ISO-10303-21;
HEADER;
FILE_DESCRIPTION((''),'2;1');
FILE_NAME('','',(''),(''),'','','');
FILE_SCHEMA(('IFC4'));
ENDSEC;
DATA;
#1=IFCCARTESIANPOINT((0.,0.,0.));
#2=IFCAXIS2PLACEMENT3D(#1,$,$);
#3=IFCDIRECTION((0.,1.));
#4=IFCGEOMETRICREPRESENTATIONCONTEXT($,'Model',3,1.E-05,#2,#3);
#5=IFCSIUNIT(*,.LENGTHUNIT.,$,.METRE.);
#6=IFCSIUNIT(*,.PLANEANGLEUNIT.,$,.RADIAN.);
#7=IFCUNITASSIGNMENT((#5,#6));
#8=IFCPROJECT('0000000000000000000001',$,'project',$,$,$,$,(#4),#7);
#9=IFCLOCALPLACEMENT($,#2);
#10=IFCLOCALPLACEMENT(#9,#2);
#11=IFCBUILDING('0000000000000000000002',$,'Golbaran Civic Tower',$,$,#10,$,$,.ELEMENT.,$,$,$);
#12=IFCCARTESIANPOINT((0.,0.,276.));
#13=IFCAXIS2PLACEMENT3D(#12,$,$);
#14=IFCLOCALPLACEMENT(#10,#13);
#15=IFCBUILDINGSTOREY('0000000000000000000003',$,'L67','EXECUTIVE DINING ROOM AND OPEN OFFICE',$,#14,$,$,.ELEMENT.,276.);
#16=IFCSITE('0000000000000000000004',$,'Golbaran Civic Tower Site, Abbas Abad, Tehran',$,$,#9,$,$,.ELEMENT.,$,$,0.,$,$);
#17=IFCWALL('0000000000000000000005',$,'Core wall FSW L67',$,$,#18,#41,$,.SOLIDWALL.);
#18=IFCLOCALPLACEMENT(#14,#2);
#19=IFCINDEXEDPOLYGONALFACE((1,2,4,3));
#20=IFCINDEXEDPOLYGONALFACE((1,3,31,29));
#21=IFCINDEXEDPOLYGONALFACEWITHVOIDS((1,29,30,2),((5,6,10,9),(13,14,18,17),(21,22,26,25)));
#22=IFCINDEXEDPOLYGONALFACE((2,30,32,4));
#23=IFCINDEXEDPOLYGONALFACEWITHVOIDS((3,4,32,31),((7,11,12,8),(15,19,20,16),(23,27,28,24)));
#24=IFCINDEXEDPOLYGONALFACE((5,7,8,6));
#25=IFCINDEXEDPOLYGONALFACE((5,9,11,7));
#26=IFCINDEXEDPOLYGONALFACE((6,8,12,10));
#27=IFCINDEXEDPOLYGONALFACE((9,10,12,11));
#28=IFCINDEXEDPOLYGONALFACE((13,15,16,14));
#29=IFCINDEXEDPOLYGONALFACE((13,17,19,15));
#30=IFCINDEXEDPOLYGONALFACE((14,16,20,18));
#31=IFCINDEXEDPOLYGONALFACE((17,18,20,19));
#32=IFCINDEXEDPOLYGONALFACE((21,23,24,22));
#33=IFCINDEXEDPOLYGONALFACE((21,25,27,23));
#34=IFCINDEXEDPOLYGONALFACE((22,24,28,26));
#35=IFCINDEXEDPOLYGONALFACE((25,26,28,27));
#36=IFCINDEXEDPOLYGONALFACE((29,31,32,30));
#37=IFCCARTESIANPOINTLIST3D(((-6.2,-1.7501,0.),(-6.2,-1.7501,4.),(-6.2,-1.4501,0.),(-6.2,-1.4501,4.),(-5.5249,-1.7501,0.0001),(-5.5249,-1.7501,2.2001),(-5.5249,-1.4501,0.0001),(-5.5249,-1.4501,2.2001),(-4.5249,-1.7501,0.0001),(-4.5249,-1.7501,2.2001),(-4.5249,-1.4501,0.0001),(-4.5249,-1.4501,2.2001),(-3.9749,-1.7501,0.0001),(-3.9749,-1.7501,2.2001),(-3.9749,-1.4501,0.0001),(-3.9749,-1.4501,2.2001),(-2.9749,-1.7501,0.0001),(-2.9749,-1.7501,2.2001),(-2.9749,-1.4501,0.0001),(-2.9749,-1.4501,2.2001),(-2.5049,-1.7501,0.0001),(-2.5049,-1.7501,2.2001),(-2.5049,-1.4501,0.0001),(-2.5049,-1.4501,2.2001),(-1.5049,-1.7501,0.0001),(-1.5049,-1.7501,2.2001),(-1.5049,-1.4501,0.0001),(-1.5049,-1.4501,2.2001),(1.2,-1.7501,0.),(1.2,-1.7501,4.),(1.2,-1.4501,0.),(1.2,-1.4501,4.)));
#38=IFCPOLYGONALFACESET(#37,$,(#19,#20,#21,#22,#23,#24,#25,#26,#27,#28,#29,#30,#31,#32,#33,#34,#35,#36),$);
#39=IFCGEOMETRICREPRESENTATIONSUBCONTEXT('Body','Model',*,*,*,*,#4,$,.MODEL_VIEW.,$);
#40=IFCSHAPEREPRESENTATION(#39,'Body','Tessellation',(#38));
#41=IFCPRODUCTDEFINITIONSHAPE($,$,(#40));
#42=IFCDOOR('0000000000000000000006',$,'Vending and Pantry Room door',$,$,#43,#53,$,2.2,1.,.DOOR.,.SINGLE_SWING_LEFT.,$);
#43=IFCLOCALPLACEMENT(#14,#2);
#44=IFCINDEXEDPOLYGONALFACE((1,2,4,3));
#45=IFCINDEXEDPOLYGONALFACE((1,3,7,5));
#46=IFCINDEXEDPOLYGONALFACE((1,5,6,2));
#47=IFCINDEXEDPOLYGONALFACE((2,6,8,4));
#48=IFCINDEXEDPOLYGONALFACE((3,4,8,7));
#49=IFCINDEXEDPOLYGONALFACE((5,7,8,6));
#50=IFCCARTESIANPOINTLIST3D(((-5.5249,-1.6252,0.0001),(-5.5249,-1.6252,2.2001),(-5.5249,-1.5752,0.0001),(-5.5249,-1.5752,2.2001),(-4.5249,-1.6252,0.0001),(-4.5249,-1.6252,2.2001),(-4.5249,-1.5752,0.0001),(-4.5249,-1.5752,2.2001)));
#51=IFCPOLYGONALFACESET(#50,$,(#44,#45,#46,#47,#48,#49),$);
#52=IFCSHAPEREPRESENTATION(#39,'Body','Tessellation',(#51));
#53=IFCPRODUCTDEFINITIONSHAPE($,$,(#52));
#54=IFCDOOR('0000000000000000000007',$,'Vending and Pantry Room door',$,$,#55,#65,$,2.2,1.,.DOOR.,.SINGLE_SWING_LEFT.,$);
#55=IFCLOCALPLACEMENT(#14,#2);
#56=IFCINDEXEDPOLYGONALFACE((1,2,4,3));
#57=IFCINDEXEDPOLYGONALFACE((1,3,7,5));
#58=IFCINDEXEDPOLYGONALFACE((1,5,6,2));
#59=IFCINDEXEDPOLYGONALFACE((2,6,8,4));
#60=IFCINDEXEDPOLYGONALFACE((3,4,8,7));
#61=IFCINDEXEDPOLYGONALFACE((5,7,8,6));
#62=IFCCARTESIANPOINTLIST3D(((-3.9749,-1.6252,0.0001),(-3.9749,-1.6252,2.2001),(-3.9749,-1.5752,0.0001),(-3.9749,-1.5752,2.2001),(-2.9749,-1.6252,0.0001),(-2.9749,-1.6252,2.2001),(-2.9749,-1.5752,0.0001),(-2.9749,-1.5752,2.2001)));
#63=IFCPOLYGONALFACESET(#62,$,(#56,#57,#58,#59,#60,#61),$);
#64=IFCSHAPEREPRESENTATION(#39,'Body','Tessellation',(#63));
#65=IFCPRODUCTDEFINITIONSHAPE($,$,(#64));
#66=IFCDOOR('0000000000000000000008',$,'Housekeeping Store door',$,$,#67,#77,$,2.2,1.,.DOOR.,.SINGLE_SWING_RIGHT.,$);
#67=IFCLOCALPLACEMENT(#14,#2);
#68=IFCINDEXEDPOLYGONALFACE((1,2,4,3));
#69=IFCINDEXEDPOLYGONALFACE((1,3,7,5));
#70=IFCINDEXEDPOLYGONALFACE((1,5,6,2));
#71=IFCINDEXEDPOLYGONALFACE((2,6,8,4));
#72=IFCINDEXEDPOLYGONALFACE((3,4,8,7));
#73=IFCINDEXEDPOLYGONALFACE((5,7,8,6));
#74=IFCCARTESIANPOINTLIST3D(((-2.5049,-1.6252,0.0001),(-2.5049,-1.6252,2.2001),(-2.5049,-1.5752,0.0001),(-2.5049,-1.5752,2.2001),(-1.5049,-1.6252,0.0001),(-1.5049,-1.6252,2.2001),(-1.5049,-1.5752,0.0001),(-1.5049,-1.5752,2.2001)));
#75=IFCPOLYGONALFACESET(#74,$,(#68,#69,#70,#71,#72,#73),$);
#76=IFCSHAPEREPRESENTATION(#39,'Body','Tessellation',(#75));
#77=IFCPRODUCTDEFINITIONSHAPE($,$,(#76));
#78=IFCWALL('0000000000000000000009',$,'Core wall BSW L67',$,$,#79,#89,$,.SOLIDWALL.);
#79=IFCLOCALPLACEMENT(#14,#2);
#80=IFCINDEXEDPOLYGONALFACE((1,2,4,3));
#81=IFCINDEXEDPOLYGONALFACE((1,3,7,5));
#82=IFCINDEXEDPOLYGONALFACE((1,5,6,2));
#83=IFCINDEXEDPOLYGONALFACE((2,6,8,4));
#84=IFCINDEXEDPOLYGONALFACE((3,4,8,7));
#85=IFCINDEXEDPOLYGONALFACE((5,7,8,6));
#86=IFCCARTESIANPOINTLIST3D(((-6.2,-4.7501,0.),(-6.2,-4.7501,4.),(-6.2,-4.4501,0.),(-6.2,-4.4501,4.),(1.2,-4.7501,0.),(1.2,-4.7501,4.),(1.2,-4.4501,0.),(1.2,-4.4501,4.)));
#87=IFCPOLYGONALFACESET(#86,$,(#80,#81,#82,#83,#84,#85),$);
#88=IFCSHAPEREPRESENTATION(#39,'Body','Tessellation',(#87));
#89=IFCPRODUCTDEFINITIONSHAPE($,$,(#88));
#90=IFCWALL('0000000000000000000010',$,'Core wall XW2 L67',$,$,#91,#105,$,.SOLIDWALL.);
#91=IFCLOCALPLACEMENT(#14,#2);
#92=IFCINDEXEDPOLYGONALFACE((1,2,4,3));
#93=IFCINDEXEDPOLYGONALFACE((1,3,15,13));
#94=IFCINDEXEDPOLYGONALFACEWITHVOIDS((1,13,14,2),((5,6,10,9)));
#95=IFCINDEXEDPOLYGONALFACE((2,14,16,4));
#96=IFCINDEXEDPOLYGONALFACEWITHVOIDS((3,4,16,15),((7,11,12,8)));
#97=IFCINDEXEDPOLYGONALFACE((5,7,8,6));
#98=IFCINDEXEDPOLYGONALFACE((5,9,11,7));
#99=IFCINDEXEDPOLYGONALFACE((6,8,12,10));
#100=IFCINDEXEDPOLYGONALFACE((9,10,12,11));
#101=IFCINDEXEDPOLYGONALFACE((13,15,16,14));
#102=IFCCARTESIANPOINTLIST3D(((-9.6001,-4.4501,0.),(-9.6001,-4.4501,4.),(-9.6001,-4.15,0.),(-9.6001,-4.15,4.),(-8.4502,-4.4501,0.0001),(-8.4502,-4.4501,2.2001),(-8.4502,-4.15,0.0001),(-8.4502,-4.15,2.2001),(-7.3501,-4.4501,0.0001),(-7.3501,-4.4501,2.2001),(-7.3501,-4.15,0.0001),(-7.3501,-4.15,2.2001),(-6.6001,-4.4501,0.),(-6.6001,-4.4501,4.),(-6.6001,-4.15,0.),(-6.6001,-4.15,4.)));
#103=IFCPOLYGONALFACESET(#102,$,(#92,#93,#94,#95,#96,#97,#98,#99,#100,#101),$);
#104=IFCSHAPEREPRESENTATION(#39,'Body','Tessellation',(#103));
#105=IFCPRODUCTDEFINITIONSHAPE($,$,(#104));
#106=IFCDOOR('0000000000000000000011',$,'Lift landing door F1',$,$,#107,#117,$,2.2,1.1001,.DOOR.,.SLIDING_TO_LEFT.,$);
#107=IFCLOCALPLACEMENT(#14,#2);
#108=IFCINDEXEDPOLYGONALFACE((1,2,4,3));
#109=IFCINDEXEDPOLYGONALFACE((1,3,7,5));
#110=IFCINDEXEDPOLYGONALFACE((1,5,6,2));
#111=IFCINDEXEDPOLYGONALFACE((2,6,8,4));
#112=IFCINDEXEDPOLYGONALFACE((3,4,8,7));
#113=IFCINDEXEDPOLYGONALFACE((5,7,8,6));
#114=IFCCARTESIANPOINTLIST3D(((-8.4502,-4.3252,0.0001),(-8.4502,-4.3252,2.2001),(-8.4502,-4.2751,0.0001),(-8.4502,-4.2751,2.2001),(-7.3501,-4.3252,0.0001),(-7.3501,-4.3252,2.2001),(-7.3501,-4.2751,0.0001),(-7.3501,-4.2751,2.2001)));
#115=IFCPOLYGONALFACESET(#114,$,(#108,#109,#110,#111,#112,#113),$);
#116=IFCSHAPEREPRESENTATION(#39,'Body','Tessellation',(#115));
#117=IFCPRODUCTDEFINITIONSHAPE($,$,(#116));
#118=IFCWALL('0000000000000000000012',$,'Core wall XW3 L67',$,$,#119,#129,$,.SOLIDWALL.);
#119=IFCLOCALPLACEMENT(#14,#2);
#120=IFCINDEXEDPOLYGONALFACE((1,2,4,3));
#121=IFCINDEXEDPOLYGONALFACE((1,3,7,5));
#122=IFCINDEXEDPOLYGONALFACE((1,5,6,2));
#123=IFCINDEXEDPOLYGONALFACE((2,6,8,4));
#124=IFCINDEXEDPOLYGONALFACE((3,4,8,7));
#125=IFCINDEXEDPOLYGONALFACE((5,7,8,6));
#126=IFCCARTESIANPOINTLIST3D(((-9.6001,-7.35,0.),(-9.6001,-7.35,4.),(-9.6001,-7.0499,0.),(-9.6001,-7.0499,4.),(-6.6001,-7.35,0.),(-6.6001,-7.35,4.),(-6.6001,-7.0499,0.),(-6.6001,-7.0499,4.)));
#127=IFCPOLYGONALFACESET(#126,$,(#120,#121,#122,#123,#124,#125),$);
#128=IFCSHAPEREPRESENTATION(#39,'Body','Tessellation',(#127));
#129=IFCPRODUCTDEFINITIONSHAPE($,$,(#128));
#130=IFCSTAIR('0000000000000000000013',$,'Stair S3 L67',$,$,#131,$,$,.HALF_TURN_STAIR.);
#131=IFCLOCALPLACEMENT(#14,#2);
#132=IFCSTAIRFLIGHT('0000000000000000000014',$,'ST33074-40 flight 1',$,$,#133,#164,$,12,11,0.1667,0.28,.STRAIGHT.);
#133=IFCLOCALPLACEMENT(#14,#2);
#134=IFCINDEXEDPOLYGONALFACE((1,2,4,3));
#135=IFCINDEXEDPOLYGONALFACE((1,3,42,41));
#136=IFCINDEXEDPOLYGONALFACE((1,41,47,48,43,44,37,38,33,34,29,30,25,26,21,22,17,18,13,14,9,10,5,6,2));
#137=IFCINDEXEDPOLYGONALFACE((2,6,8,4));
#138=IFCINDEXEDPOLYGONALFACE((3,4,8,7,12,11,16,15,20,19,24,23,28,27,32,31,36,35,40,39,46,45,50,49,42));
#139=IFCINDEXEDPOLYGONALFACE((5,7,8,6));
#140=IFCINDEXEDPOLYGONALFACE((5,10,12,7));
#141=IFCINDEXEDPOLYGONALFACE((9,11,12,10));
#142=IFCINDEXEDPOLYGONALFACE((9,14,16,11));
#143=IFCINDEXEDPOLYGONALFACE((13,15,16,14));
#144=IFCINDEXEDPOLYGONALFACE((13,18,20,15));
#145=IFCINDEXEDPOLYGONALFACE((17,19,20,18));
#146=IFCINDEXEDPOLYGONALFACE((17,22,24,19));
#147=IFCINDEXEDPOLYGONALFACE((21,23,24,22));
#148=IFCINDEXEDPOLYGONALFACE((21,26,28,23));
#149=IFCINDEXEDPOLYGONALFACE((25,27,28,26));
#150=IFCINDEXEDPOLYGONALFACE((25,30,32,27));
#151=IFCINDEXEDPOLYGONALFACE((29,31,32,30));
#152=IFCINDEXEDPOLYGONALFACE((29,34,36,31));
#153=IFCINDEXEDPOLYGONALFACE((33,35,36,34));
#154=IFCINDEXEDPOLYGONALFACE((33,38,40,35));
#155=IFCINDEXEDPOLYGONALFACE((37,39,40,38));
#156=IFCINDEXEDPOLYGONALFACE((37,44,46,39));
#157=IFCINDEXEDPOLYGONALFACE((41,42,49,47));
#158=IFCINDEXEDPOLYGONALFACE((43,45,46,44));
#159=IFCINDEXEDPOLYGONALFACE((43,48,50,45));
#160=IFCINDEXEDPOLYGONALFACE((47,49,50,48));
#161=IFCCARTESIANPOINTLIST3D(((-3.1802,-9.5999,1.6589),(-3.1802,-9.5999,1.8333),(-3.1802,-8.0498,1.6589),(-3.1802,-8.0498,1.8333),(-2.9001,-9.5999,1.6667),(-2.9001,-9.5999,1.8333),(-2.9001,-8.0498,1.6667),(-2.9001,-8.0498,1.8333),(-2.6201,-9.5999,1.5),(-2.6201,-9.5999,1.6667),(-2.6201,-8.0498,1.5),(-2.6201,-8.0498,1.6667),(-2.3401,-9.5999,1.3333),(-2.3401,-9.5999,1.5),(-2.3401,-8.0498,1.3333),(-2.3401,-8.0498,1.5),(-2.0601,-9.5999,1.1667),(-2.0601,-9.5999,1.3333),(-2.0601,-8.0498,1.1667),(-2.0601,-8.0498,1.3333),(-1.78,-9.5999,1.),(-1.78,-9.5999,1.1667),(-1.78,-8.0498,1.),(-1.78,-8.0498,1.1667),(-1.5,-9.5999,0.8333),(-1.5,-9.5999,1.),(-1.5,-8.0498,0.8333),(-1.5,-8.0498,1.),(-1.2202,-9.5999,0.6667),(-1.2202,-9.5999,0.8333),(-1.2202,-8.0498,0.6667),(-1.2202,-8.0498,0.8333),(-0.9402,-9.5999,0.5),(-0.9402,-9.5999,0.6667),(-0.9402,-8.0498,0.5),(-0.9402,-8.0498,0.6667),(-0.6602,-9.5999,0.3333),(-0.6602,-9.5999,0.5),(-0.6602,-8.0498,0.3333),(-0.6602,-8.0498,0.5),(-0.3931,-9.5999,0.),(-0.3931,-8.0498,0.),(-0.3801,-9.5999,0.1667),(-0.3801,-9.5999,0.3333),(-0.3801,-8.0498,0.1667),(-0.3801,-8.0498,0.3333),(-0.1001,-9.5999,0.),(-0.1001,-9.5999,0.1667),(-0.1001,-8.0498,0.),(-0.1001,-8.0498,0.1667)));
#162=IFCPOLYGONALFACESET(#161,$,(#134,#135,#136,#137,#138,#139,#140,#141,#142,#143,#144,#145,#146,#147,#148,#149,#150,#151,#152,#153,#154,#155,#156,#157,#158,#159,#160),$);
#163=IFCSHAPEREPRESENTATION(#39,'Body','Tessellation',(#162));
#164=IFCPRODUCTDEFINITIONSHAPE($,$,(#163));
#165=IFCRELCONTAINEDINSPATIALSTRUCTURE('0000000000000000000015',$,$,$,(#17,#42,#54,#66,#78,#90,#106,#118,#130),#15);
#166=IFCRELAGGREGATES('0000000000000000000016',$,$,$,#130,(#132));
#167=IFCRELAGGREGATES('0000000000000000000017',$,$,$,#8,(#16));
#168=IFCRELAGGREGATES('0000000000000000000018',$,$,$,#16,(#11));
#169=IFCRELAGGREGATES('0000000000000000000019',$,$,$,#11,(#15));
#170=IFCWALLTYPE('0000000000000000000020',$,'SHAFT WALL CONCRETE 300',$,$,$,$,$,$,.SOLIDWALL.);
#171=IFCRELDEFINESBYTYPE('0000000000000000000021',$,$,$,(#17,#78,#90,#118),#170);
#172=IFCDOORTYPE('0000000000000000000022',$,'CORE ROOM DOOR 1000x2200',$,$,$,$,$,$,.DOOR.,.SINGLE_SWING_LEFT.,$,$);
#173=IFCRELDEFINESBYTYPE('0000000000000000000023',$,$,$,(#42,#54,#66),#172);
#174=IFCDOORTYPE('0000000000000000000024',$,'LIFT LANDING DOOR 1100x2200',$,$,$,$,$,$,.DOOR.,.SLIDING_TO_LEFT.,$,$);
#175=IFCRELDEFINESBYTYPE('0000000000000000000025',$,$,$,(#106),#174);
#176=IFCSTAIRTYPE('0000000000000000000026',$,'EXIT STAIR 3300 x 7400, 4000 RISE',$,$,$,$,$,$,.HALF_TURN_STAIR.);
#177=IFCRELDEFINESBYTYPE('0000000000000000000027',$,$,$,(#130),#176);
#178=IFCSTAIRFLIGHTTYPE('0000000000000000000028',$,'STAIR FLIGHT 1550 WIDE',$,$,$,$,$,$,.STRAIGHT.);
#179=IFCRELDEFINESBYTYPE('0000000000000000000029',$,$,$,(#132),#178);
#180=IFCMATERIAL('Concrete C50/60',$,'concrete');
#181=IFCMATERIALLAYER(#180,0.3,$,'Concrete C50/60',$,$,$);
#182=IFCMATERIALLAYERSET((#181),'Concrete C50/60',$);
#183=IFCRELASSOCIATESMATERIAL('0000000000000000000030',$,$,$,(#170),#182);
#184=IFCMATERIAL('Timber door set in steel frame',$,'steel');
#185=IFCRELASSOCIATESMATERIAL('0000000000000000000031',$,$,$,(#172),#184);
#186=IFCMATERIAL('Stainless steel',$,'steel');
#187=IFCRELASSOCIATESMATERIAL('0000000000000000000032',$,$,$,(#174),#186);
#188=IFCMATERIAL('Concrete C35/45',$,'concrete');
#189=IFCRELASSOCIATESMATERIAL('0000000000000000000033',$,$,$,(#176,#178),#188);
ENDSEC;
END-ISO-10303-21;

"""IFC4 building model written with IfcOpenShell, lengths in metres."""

from ifc_helpers import new_model, si_unit, direction, frame, frame_2d, origin, place, context, subcontext, project, spatial, polyline, rectangle, outline, extrude, material, layer, layer_set, type_object, element, fill, aggregate, save


model = new_model("IFC4")

# Units and contexts
model_context = context("Model", 3, precision=1e-05, world=origin(), true_north=direction((0.0, 1.0)))
body_context = subcontext(model_context, "Body", "Model", "MODEL_VIEW")
ifc_project = project(units=[si_unit("LENGTHUNIT", "METRE"), si_unit("PLANEANGLEUNIT", "RADIAN")], contexts=[model_context])

# Site, building, storey
site_placement = place(None, origin())
site = spatial("IfcSite", under=ifc_project, at=site_placement, Name="Golbaran Civic Tower Site, Abbas Abad, Tehran", CompositionType="ELEMENT", RefElevation=0.0)
building_placement = place(site_placement, origin())
building = spatial("IfcBuilding", under=site, at=building_placement, Name="Golbaran Civic Tower", CompositionType="ELEMENT")
storey_placement = place(building_placement, frame((0.0, 0.0, 276.0)))
storey = spatial("IfcBuildingStorey", under=building, at=storey_placement, Name="L67", Description="EXECUTIVE DINING ROOM AND OPEN OFFICE", CompositionType="ELEMENT", Elevation=276.0)

# Shared definitions
ifc_material_1 = material(Name="Concrete C50/60", Category="concrete")
ifc_material_2 = material(Name="Timber door set in steel frame", Category="steel")

# Wall, openings, doors
ifc_layer_1 = layer(ifc_material_1, 0.3, Name="Concrete C50/60")
ifc_layer_set_1 = layer_set([ifc_layer_1], Name="Concrete C50/60")
wall_type_1 = type_object("IfcWallType", Name="SHAFT WALL CONCRETE 300", PredefinedType="SOLIDWALL", material=ifc_layer_set_1)
wall_1_placement = place(storey_placement, frame((-6.2, -1.6001, 0.0), z_axis=(0.0, 0.0, 1.0), x_axis=(1.0, 0.0, 0.0)))
wall_1 = element("IfcWall", 1, at=wall_1_placement, inside=storey, type_object=wall_type_1, Name="Core wall FSW L67", PredefinedType="SOLIDWALL", context=body_context, shape_type="SweptSolid", body=[
    extrude(rectangle(XDim=7.3999, YDim=0.3, at=frame_2d((3.7, 0.0))), origin(), (0.0, 0.0, 1.0), 4.0),
])
opening_1_placement = place(wall_1_placement, frame((0.675, 0.0, 0.0)))
opening_1 = element("IfcOpeningElement", 2, at=opening_1_placement, cuts=wall_1, PredefinedType="OPENING", context=body_context, shape_type="SweptSolid", body=[
    extrude(rectangle(XDim=1.0, YDim=2.2, at=frame_2d((0.5, 1.1001))), frame((0.0, 0.1599, 0.0), z_axis=(0.0, -1.0, 0.0), x_axis=(1.0, 0.0, 0.0)), (0.0, 0.0, 1.0), 0.3201),
])
opening_2_placement = place(wall_1_placement, frame((2.2251, 0.0, 0.0)))
opening_2 = element("IfcOpeningElement", 3, at=opening_2_placement, cuts=wall_1, PredefinedType="OPENING", context=body_context, shape_type="SweptSolid", body=[
    extrude(rectangle(XDim=1.0, YDim=2.2, at=frame_2d((0.5, 1.1001))), frame((0.0, 0.1599, 0.0), z_axis=(0.0, -1.0, 0.0), x_axis=(1.0, 0.0, 0.0)), (0.0, 0.0, 1.0), 0.3201),
])
opening_3_placement = place(wall_1_placement, frame((3.6951, 0.0, 0.0)))
opening_3 = element("IfcOpeningElement", 4, at=opening_3_placement, cuts=wall_1, PredefinedType="OPENING", context=body_context, shape_type="SweptSolid", body=[
    extrude(rectangle(XDim=1.0, YDim=2.2, at=frame_2d((0.5, 1.1001))), frame((0.0, 0.1599, 0.0), z_axis=(0.0, -1.0, 0.0), x_axis=(1.0, 0.0, 0.0)), (0.0, 0.0, 1.0), 0.3201),
])
door_type_1 = type_object("IfcDoorType", Name="CORE ROOM DOOR 1000x2200", OperationType="SINGLE_SWING_LEFT", PredefinedType="DOOR", material=ifc_material_2)
door_1_placement = place(opening_1_placement, origin())
door_1 = element("IfcDoor", 5, at=door_1_placement, inside=storey, type_object=door_type_1, Name="Vending and Pantry Room door", OperationType="SINGLE_SWING_LEFT", OverallHeight=2.2, OverallWidth=1.0, PredefinedType="DOOR", context=body_context, shape_type="SweptSolid", body=[
    extrude(rectangle(XDim=1.0, YDim=2.2, at=frame_2d((0.5, 1.1001))), frame((0.0, 0.0249, 0.0), z_axis=(0.0, -1.0, 0.0), x_axis=(1.0, 0.0, 0.0)), (0.0, 0.0, 1.0), 0.05),
])
fill(opening_1, door_1)
door_2_placement = place(opening_2_placement, origin())
door_2 = element("IfcDoor", 6, at=door_2_placement, inside=storey, type_object=door_type_1, Name="Vending and Pantry Room door", OperationType="SINGLE_SWING_LEFT", OverallHeight=2.2, OverallWidth=1.0, PredefinedType="DOOR", context=body_context, shape_type="SweptSolid", body=[
    extrude(rectangle(XDim=1.0, YDim=2.2, at=frame_2d((0.5, 1.1001))), frame((0.0, 0.0249, 0.0), z_axis=(0.0, -1.0, 0.0), x_axis=(1.0, 0.0, 0.0)), (0.0, 0.0, 1.0), 0.05),
])
fill(opening_2, door_2)
door_3_placement = place(opening_3_placement, origin())
door_3 = element("IfcDoor", 7, at=door_3_placement, inside=storey, type_object=door_type_1, Name="Housekeeping Store door", OperationType="SINGLE_SWING_RIGHT", OverallHeight=2.2, OverallWidth=1.0, PredefinedType="DOOR", context=body_context, shape_type="SweptSolid", body=[
    extrude(rectangle(XDim=1.0, YDim=2.2, at=frame_2d((0.5, 1.1001))), frame((0.0, 0.0249, 0.0), z_axis=(0.0, -1.0, 0.0), x_axis=(1.0, 0.0, 0.0)), (0.0, 0.0, 1.0), 0.05),
])
fill(opening_3, door_3)

# Wall
wall_2_placement = place(storey_placement, frame((-6.2, -4.6001, 0.0), z_axis=(0.0, 0.0, 1.0), x_axis=(1.0, 0.0, 0.0)))
element("IfcWall", 8, at=wall_2_placement, inside=storey, type_object=wall_type_1, Name="Core wall BSW L67", PredefinedType="SOLIDWALL", context=body_context, shape_type="SweptSolid", body=[
    extrude(rectangle(XDim=7.3999, YDim=0.3, at=frame_2d((3.7, 0.0))), origin(), (0.0, 0.0, 1.0), 4.0),
])

# Wall, opening, door
wall_3_placement = place(storey_placement, frame((-9.6001, -4.3, 0.0), z_axis=(0.0, 0.0, 1.0), x_axis=(1.0, 0.0, 0.0)))
wall_3 = element("IfcWall", 9, at=wall_3_placement, inside=storey, type_object=wall_type_1, Name="Core wall XW2 L67", PredefinedType="SOLIDWALL", context=body_context, shape_type="SweptSolid", body=[
    extrude(rectangle(XDim=3.0, YDim=0.3, at=frame_2d((1.5, 0.0))), origin(), (0.0, 0.0, 1.0), 4.0),
])
opening_4_placement = place(wall_3_placement, frame((1.1499, 0.0, 0.0)))
opening_4 = element("IfcOpeningElement", 10, at=opening_4_placement, cuts=wall_3, PredefinedType="OPENING", context=body_context, shape_type="SweptSolid", body=[
    extrude(rectangle(XDim=1.1001, YDim=2.2, at=frame_2d((0.55, 1.1001))), frame((0.0, 0.1599, 0.0), z_axis=(0.0, -1.0, 0.0), x_axis=(1.0, 0.0, 0.0)), (0.0, 0.0, 1.0), 0.3201),
])
ifc_material_3 = material(Name="Stainless steel", Category="steel")
door_type_2 = type_object("IfcDoorType", Name="LIFT LANDING DOOR 1100x2200", OperationType="SLIDING_TO_LEFT", PredefinedType="DOOR", material=ifc_material_3)
door_4_placement = place(opening_4_placement, origin())
door_4 = element("IfcDoor", 11, at=door_4_placement, inside=storey, type_object=door_type_2, Name="Lift landing door F1", OperationType="SLIDING_TO_LEFT", OverallHeight=2.2, OverallWidth=1.1001, PredefinedType="DOOR", context=body_context, shape_type="SweptSolid", body=[
    extrude(rectangle(XDim=1.1001, YDim=2.2, at=frame_2d((0.55, 1.1001))), frame((0.0, 0.0249, 0.0), z_axis=(0.0, -1.0, 0.0), x_axis=(1.0, 0.0, 0.0)), (0.0, 0.0, 1.0), 0.05),
])
fill(opening_4, door_4)

# Wall
wall_4_placement = place(storey_placement, frame((-9.6001, -7.2, 0.0), z_axis=(0.0, 0.0, 1.0), x_axis=(1.0, 0.0, 0.0)))
element("IfcWall", 12, at=wall_4_placement, inside=storey, type_object=wall_type_1, Name="Core wall XW3 L67", PredefinedType="SOLIDWALL", context=body_context, shape_type="SweptSolid", body=[
    extrude(rectangle(XDim=3.0, YDim=0.3, at=frame_2d((1.5, 0.0))), origin(), (0.0, 0.0, 1.0), 4.0),
])

# Stair, stair flight
ifc_material_4 = material(Name="Concrete C35/45", Category="concrete")
stair_type = type_object("IfcStairType", Name="EXIT STAIR 3300 x 7400, 4000 RISE", PredefinedType="HALF_TURN_STAIR", material=ifc_material_4)
stair_placement = place(storey_placement, origin())
stair = element("IfcStair", 13, at=stair_placement, inside=storey, type_object=stair_type, Name="Stair S3 L67", PredefinedType="HALF_TURN_STAIR")
stair_flight_type = type_object("IfcStairFlightType", Name="STAIR FLIGHT 1550 WIDE", PredefinedType="STRAIGHT", material=ifc_material_4)
stair_flight_1_placement = place(storey_placement, frame((-0.1001, -8.825, 0.0), z_axis=(0.0, 0.0, 1.0), x_axis=(-1.0, 0.0, 0.0)))
stair_flight_1 = element("IfcStairFlight", 14, at=stair_flight_1_placement, type_object=stair_flight_type, Name="ST33074-40 flight 1", NumberOfRisers=12, NumberOfTreads=11, PredefinedType="STRAIGHT", RiserHeight=0.1667, TreadLength=0.28, context=body_context, shape_type="SweptSolid", body=[
    extrude(outline(polyline([(0.0, 0.0), (0.0, 0.1667), (0.28, 0.1667), (0.28, 0.3333), (0.5601, 0.3333), (0.5601, 0.5), (0.8401, 0.5), (0.8401, 0.6667), (1.1201, 0.6667), (1.1201, 0.8333), (1.3999, 0.8333), (1.3999, 1.0), (1.6799, 1.0), (1.6799, 1.1667), (1.96, 1.1667), (1.96, 1.3333), (2.24, 1.3333), (2.24, 1.5), (2.52, 1.5), (2.52, 1.6667), (2.8, 1.6667), (2.8, 1.8333), (3.0801, 1.8333), (3.0801, 2.0), (3.0801, 1.6589), (0.293, 0.0), (0.0, 0.0)])), frame((0.0, 0.7749, 0.0), z_axis=(0.0, -1.0, 0.0), x_axis=(1.0, 0.0, 0.0)), (0.0, 0.0, 1.0), 1.55),
])
aggregate(stair, [stair_flight_1])

save(model, "model.ifc")
